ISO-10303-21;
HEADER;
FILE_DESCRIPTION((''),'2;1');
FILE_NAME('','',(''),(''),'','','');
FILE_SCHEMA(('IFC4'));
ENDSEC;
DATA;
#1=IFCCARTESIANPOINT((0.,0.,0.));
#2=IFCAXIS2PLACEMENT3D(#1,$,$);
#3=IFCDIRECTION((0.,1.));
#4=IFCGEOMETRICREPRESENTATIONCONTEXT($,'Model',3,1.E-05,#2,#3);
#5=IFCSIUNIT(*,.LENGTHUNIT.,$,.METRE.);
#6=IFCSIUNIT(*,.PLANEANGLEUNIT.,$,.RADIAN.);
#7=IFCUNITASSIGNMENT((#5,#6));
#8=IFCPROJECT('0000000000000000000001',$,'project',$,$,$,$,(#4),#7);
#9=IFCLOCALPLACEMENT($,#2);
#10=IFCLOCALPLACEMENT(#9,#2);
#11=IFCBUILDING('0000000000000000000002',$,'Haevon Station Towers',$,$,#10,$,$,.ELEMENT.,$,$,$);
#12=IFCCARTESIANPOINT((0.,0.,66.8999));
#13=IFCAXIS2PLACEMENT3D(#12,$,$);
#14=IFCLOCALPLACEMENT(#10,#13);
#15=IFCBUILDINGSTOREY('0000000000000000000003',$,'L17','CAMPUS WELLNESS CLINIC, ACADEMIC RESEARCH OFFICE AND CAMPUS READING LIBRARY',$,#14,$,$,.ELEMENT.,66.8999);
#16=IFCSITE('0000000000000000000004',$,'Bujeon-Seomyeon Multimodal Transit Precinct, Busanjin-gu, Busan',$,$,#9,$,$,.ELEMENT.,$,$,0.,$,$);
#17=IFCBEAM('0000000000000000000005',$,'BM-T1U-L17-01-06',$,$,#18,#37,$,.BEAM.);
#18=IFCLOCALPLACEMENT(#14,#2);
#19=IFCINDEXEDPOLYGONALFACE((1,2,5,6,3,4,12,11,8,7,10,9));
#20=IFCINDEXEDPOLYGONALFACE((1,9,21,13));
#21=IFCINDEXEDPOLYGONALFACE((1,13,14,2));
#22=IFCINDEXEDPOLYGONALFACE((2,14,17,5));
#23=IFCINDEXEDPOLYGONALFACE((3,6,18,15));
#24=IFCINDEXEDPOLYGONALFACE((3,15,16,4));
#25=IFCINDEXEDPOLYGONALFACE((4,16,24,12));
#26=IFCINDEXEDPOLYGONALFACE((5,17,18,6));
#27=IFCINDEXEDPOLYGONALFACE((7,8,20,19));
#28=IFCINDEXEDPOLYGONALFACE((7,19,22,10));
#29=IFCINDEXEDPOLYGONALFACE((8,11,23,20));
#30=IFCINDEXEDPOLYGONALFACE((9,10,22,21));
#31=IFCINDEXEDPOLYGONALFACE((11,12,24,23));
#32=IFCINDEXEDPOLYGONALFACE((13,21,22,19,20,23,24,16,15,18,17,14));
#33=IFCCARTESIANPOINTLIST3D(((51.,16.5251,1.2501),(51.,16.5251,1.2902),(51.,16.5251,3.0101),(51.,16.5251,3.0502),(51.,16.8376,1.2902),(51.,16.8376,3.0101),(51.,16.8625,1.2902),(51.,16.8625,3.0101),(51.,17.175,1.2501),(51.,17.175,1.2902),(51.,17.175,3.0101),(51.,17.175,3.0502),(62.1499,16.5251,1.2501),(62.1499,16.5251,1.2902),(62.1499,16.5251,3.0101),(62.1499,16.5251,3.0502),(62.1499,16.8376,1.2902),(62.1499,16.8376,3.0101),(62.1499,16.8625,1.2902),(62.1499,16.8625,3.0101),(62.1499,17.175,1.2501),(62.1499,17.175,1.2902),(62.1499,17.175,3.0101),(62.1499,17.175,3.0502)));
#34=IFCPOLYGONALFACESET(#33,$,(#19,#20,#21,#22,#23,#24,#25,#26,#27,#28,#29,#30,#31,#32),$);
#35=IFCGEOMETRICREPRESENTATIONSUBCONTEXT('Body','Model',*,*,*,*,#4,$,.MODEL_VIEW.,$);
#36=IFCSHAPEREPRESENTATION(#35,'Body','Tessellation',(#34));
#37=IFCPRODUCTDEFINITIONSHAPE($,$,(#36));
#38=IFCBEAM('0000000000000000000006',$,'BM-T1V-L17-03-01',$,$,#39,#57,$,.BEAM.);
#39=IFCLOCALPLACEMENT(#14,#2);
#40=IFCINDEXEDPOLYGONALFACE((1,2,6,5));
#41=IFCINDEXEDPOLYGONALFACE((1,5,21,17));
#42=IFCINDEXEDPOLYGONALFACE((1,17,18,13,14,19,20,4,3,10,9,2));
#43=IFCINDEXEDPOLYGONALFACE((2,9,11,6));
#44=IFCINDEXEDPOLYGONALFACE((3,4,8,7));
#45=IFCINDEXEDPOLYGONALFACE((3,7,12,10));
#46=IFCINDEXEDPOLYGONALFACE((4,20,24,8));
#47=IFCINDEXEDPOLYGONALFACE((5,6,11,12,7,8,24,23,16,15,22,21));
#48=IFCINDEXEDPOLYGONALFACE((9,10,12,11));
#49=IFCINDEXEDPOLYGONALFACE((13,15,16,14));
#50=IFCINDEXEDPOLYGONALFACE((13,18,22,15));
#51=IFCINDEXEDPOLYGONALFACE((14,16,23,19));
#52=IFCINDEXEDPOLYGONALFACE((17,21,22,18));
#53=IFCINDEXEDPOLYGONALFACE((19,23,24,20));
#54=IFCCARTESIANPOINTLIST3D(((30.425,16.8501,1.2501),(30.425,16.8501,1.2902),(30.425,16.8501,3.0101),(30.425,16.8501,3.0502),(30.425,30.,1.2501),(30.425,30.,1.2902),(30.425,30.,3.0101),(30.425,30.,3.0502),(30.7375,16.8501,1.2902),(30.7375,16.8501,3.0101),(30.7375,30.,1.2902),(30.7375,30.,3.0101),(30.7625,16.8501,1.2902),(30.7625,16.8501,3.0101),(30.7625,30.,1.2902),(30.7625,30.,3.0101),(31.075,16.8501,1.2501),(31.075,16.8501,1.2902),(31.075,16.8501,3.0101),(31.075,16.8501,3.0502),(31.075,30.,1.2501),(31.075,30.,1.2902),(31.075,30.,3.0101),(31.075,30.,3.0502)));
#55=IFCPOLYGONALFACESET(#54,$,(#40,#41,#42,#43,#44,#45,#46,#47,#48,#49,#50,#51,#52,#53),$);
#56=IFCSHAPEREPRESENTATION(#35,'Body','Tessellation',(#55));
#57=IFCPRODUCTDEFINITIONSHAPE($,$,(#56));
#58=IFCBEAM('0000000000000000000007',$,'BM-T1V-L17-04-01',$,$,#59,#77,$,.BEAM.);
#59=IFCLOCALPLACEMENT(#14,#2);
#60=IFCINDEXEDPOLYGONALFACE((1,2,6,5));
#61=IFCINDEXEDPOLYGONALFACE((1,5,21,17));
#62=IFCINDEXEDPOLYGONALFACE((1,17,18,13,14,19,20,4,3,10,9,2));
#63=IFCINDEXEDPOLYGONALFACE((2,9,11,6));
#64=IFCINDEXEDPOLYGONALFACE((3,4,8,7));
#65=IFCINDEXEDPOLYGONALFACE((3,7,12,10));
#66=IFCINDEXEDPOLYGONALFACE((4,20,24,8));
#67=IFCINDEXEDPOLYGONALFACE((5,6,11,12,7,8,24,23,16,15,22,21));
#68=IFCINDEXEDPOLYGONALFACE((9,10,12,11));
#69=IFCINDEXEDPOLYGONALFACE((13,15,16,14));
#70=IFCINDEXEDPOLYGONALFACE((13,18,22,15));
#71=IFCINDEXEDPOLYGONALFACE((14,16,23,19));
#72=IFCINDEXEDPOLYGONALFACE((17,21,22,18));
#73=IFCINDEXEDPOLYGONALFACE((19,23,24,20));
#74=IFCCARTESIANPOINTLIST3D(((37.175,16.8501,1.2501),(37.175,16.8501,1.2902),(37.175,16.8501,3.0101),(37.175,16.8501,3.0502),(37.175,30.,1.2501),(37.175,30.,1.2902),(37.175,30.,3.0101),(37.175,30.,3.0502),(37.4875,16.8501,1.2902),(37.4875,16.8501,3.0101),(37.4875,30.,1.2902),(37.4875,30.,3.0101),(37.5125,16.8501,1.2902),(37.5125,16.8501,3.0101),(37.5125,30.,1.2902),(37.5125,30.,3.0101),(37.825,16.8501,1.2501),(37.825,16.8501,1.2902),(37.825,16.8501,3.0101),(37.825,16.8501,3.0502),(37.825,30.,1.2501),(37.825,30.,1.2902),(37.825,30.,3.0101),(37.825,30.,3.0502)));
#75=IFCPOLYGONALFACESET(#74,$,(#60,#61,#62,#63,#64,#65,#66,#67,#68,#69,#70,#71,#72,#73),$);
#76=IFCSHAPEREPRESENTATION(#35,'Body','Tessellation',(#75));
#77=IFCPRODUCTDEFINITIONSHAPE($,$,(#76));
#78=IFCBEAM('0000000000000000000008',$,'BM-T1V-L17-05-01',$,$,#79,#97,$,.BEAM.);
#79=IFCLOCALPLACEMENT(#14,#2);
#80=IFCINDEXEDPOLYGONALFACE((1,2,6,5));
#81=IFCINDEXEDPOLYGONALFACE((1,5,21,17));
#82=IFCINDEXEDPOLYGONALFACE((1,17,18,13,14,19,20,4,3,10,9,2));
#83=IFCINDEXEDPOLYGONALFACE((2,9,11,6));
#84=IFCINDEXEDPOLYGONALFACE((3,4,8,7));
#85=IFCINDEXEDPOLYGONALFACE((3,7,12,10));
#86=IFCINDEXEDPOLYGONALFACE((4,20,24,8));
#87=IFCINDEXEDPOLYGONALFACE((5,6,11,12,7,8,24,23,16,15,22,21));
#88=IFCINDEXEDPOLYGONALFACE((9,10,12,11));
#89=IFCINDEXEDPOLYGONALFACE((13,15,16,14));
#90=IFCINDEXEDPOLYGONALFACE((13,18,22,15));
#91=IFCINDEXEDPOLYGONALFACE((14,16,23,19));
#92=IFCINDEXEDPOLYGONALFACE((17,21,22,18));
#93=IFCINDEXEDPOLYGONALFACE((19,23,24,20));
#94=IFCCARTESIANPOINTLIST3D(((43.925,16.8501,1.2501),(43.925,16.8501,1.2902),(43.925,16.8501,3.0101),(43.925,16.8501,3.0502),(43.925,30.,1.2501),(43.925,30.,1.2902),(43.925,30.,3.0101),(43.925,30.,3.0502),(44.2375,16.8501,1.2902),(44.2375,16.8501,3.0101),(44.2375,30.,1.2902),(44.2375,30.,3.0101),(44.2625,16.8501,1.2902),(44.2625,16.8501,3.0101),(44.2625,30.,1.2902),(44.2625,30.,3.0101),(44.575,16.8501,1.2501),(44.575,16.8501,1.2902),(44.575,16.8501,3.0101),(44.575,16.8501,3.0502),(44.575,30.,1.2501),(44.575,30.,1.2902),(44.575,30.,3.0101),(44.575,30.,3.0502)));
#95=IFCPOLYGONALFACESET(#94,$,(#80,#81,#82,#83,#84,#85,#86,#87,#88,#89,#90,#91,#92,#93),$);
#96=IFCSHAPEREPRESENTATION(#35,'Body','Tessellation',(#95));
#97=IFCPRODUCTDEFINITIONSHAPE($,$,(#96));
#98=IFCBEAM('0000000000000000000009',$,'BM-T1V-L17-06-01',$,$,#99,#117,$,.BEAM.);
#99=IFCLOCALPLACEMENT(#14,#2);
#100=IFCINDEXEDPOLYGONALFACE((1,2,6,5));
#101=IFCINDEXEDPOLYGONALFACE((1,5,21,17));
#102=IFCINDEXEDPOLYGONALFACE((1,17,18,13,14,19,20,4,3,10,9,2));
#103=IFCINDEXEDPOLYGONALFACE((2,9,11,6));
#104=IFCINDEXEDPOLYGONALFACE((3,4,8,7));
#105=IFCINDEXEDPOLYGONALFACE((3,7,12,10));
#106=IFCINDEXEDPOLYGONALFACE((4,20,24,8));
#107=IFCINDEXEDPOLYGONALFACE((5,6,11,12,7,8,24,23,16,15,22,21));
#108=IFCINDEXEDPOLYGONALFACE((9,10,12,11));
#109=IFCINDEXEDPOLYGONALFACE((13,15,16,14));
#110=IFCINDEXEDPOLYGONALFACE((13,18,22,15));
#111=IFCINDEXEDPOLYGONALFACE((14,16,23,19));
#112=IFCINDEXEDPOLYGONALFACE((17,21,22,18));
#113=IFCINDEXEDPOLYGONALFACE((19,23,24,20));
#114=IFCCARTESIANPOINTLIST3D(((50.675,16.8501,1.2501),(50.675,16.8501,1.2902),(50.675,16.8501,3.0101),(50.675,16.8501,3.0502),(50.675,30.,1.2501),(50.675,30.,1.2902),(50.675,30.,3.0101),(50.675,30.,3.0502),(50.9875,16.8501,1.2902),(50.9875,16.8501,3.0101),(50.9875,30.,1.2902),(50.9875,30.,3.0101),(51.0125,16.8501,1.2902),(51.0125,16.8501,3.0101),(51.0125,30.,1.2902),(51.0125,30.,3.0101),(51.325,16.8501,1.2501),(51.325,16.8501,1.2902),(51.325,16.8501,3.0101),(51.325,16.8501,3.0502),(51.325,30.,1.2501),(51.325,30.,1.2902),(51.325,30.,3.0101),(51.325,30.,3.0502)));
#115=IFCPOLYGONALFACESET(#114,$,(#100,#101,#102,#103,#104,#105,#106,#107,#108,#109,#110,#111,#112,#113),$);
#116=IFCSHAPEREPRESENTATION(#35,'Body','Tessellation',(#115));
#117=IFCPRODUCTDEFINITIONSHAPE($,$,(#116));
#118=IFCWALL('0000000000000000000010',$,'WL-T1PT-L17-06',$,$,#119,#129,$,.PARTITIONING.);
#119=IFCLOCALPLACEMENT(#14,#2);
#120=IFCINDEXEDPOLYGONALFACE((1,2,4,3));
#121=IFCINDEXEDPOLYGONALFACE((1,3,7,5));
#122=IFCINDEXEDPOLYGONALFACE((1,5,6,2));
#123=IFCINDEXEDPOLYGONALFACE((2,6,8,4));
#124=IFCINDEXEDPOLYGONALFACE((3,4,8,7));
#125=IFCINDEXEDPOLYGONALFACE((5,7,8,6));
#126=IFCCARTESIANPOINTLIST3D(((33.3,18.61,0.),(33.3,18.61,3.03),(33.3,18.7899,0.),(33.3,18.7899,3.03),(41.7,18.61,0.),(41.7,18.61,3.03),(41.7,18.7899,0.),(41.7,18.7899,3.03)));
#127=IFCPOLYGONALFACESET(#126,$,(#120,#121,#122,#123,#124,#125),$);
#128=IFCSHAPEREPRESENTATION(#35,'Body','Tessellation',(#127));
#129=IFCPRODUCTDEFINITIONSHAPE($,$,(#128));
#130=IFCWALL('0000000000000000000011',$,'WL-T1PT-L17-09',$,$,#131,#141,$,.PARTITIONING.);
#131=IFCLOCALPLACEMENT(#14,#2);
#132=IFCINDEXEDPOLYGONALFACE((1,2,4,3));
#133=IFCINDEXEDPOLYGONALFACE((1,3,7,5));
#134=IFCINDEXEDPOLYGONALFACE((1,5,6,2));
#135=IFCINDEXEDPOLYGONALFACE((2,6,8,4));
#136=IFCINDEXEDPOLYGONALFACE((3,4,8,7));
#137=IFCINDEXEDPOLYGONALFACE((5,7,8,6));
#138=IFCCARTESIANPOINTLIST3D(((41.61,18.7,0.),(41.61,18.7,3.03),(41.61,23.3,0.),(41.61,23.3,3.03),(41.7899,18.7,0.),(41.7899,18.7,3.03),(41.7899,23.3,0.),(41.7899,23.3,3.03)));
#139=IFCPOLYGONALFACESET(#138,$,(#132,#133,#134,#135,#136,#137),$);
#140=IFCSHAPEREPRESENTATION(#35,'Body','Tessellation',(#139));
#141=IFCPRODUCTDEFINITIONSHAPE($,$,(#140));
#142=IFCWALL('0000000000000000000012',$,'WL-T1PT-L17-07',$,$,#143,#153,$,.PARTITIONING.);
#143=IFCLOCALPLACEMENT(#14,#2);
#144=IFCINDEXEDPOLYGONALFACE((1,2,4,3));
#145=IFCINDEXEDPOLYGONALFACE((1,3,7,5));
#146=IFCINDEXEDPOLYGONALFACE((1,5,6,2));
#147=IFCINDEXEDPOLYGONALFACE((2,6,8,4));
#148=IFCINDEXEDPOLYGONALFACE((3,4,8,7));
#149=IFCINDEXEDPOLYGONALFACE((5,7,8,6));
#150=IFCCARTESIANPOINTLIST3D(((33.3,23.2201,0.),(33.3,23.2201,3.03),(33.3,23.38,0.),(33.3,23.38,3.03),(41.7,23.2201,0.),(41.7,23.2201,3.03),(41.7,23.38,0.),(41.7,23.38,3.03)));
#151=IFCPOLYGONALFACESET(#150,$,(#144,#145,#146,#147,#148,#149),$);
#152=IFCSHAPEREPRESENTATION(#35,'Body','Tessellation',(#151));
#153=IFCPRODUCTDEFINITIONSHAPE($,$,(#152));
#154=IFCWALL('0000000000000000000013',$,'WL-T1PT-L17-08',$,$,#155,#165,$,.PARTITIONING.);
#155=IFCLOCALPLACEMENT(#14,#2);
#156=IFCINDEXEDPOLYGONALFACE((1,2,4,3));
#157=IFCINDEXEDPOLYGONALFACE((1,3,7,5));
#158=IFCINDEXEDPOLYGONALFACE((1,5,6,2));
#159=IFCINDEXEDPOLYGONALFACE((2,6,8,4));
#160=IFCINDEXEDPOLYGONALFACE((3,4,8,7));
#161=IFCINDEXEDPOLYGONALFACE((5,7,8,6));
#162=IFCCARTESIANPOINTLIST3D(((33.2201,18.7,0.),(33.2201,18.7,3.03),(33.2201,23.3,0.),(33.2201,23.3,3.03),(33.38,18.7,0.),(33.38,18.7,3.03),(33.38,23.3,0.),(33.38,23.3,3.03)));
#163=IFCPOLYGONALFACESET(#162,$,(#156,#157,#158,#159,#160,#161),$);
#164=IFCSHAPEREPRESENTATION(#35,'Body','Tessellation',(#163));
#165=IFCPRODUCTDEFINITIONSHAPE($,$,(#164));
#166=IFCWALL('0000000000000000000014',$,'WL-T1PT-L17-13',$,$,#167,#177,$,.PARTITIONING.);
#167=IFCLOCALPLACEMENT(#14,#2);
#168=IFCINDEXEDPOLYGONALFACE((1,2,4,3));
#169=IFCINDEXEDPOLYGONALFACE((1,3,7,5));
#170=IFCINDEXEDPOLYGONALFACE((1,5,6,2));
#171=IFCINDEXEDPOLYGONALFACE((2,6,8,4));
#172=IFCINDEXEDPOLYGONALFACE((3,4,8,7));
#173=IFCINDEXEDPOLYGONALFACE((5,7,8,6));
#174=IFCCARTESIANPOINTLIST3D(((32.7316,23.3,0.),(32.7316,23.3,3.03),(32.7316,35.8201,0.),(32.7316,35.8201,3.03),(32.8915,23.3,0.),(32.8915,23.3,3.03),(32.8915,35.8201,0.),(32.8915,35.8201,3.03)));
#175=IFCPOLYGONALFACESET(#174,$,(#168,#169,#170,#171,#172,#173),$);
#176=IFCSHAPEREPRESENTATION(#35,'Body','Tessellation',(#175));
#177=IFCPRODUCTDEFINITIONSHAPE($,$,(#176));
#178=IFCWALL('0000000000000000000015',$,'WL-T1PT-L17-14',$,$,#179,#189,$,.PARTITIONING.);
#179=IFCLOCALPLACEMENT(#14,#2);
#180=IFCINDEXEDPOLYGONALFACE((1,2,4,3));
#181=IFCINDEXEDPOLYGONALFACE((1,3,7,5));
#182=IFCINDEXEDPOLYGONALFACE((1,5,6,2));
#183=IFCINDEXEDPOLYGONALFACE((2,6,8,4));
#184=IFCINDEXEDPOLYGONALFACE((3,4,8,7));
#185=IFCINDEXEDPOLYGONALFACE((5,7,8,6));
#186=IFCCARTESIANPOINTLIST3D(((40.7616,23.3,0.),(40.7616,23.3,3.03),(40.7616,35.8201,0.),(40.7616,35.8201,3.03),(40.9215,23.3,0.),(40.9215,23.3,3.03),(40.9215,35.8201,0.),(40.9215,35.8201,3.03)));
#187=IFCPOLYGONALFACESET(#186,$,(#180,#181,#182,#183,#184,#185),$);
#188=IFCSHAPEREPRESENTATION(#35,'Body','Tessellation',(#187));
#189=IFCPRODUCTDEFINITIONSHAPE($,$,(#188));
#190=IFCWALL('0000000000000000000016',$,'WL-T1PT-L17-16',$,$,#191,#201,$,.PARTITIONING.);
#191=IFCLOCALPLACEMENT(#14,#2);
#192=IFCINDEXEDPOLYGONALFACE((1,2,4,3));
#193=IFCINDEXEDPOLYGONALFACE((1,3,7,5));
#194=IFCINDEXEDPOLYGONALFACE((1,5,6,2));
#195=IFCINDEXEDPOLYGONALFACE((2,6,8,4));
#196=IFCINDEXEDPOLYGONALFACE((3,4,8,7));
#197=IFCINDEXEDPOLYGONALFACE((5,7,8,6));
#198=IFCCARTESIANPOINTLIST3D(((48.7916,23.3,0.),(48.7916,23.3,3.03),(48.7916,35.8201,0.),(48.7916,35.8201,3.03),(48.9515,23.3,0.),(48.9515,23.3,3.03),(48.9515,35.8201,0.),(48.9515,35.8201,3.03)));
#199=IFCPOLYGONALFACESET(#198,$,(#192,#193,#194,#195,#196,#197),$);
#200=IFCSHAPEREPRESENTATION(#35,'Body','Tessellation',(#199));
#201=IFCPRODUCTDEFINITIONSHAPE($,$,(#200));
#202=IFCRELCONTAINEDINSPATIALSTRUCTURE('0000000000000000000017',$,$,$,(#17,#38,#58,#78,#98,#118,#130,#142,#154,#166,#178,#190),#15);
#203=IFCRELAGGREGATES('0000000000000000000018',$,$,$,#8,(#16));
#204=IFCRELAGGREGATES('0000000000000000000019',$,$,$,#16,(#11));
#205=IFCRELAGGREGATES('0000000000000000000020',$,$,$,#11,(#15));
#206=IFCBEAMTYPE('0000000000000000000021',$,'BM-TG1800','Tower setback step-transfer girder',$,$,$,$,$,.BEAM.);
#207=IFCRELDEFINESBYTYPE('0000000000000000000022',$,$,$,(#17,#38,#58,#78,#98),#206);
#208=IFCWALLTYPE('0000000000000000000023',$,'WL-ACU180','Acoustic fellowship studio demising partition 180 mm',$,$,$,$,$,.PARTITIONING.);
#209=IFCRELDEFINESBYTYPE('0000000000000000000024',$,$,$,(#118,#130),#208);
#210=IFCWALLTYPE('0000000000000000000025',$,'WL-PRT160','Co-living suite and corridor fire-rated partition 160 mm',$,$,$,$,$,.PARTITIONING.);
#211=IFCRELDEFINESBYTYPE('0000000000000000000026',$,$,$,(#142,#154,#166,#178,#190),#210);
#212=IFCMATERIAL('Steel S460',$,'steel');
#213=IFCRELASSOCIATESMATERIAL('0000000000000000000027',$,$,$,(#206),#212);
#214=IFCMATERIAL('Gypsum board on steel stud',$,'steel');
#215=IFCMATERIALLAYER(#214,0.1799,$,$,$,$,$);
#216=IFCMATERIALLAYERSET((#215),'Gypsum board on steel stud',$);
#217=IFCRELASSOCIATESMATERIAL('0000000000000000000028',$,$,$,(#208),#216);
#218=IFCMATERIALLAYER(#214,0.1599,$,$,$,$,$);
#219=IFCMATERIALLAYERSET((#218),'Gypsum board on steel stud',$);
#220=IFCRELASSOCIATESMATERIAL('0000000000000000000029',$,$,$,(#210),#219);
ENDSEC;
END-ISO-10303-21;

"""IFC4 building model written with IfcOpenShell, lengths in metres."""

from ifc_helpers import new_model, si_unit, direction, frame, frame_2d, origin, origin_2d, place, context, subcontext, project, spatial, rectangle, i_section, extrude, material, layer, layer_set, material_profile, profile_set, type_object, element, save


model = new_model("IFC4")

# Units and contexts
model_context = context("Model", 3, precision=1e-05, world=origin(), true_north=direction((0.0, 1.0)))
body_context = subcontext(model_context, "Body", "Model", "MODEL_VIEW")
ifc_project = project(units=[si_unit("LENGTHUNIT", "METRE"), si_unit("PLANEANGLEUNIT", "RADIAN")], contexts=[model_context])

# Site, building, storey
site_placement = place(None, origin())
site = spatial("IfcSite", under=ifc_project, at=site_placement, Name="Bujeon-Seomyeon Multimodal Transit Precinct, Busanjin-gu, Busan", CompositionType="ELEMENT", RefElevation=0.0)
building_placement = place(site_placement, origin())
building = spatial("IfcBuilding", under=site, at=building_placement, Name="Haevon Station Towers", CompositionType="ELEMENT")
storey_placement = place(building_placement, frame((0.0, 0.0, 66.8999)))
storey = spatial("IfcBuildingStorey", under=building, at=storey_placement, Name="L17", Description="CAMPUS WELLNESS CLINIC, ACADEMIC RESEARCH OFFICE AND CAMPUS READING LIBRARY", CompositionType="ELEMENT", Elevation=66.8999)

# Shared definitions
ifc_material_1 = material(Name="Steel S460", Category="steel")

# Beams
ifc_material_profile_1 = material_profile(ifc_material_1, i_section(OverallWidth=0.6499, OverallDepth=1.8, WebThickness=0.0249, FlangeThickness=0.04, at=origin_2d()), Name="H-1800x650x25x40")
ifc_profile_set_1 = profile_set([ifc_material_profile_1], Name="Steel S460")
beam_type_1 = type_object("IfcBeamType", Name="BM-TG1800", Description="Tower setback step-transfer girder", PredefinedType="BEAM", material=ifc_profile_set_1)
beam_1_placement = place(storey_placement, frame((51.0, 16.8501, 2.1501), z_axis=(1.0, 0.0, 0.0), x_axis=(0.0, 1.0, 0.0)))
element("IfcBeam", 1, at=beam_1_placement, inside=storey, type_object=beam_type_1, Name="BM-T1U-L17-01-06", PredefinedType="BEAM", context=body_context, shape_type="SweptSolid", body=[
    extrude(i_section(OverallWidth=0.6499, OverallDepth=1.8, WebThickness=0.0249, FlangeThickness=0.04, at=origin_2d()), origin(), (0.0, 0.0, 1.0), 11.1499),
])
for number, where, z_axis, x_axis, name in (
    (2, (30.75, 16.8501, 2.1501), (0.0, 1.0, 0.0), (-1.0, 0.0, 0.0), "BM-T1V-L17-03-01"),
    (3, (37.5, 16.8501, 2.1501), (0.0, 1.0, 0.0), (-1.0, 0.0, 0.0), "BM-T1V-L17-04-01"),
    (4, (44.25, 16.8501, 2.1501), (0.0, 1.0, 0.0), (-1.0, 0.0, 0.0), "BM-T1V-L17-05-01"),
    (5, (51.0, 16.8501, 2.1501), (0.0, 1.0, 0.0), (-1.0, 0.0, 0.0), "BM-T1V-L17-06-01"),
):
    element("IfcBeam", number, at=place(storey_placement, frame(where, z_axis=z_axis, x_axis=x_axis)), inside=storey, type_object=beam_type_1, Name=name, PredefinedType="BEAM", context=body_context, shape_type="SweptSolid", body=[
        extrude(i_section(OverallWidth=0.6499, OverallDepth=1.8, WebThickness=0.0249, FlangeThickness=0.04, at=origin_2d()), origin(), (0.0, 0.0, 1.0), 13.1499),
    ])

# Walls
ifc_material_2 = material(Name="Gypsum board on steel stud", Category="steel")
ifc_layer_1 = layer(ifc_material_2, 0.1799)
ifc_layer_set_1 = layer_set([ifc_layer_1], Name="Gypsum board on steel stud")
wall_type_1 = type_object("IfcWallType", Name="WL-ACU180", Description="Acoustic fellowship studio demising partition 180 mm", PredefinedType="PARTITIONING", material=ifc_layer_set_1)
wall_1_placement = place(storey_placement, frame((33.3, 18.7, 0.0), z_axis=(0.0, 0.0, 1.0), x_axis=(1.0, 0.0, 0.0)))
element("IfcWall", 6, at=wall_1_placement, inside=storey, type_object=wall_type_1, Name="WL-T1PT-L17-06", PredefinedType="PARTITIONING", context=body_context, shape_type="SweptSolid", body=[
    extrude(rectangle(XDim=8.3999, YDim=0.1799, at=frame_2d((4.2, 0.0))), origin(), (0.0, 0.0, 1.0), 3.03),
])
wall_2_placement = place(storey_placement, frame((41.7, 18.7, 0.0), z_axis=(0.0, 0.0, 1.0), x_axis=(0.0, 1.0, 0.0)))
element("IfcWall", 7, at=wall_2_placement, inside=storey, type_object=wall_type_1, Name="WL-T1PT-L17-09", PredefinedType="PARTITIONING", context=body_context, shape_type="SweptSolid", body=[
    extrude(rectangle(XDim=4.6001, YDim=0.1799, at=frame_2d((2.3, 0.0))), origin(), (0.0, 0.0, 1.0), 3.03),
])
ifc_layer_2 = layer(ifc_material_2, 0.1599)
ifc_layer_set_2 = layer_set([ifc_layer_2], Name="Gypsum board on steel stud")
wall_type_2 = type_object("IfcWallType", Name="WL-PRT160", Description="Co-living suite and corridor fire-rated partition 160 mm", PredefinedType="PARTITIONING", material=ifc_layer_set_2)
wall_3_placement = place(storey_placement, frame((33.3, 23.3, 0.0), z_axis=(0.0, 0.0, 1.0), x_axis=(1.0, 0.0, 0.0)))
element("IfcWall", 8, at=wall_3_placement, inside=storey, type_object=wall_type_2, Name="WL-T1PT-L17-07", PredefinedType="PARTITIONING", context=body_context, shape_type="SweptSolid", body=[
    extrude(rectangle(XDim=8.3999, YDim=0.1599, at=frame_2d((4.2, 0.0))), origin(), (0.0, 0.0, 1.0), 3.03),
])
wall_4_placement = place(storey_placement, frame((33.3, 18.7, 0.0), z_axis=(0.0, 0.0, 1.0), x_axis=(0.0, 1.0, 0.0)))
element("IfcWall", 9, at=wall_4_placement, inside=storey, type_object=wall_type_2, Name="WL-T1PT-L17-08", PredefinedType="PARTITIONING", context=body_context, shape_type="SweptSolid", body=[
    extrude(rectangle(XDim=4.6001, YDim=0.1599, at=frame_2d((2.3, 0.0))), origin(), (0.0, 0.0, 1.0), 3.03),
])
for number, where, z_axis, x_axis, name in (
    (10, (32.8115, 23.3, 0.0), (0.0, 0.0, 1.0), (0.0, 1.0, 0.0), "WL-T1PT-L17-13"),
    (11, (40.8416, 23.3, 0.0), (0.0, 0.0, 1.0), (0.0, 1.0, 0.0), "WL-T1PT-L17-14"),
    (12, (48.8716, 23.3, 0.0), (0.0, 0.0, 1.0), (0.0, 1.0, 0.0), "WL-T1PT-L17-16"),
):
    element("IfcWall", number, at=place(storey_placement, frame(where, z_axis=z_axis, x_axis=x_axis)), inside=storey, type_object=wall_type_2, Name=name, PredefinedType="PARTITIONING", context=body_context, shape_type="SweptSolid", body=[
        extrude(rectangle(XDim=12.52, YDim=0.1599, at=frame_2d((6.26, 0.0))), origin(), (0.0, 0.0, 1.0), 3.03),
    ])

save(model, "model.ifc")
